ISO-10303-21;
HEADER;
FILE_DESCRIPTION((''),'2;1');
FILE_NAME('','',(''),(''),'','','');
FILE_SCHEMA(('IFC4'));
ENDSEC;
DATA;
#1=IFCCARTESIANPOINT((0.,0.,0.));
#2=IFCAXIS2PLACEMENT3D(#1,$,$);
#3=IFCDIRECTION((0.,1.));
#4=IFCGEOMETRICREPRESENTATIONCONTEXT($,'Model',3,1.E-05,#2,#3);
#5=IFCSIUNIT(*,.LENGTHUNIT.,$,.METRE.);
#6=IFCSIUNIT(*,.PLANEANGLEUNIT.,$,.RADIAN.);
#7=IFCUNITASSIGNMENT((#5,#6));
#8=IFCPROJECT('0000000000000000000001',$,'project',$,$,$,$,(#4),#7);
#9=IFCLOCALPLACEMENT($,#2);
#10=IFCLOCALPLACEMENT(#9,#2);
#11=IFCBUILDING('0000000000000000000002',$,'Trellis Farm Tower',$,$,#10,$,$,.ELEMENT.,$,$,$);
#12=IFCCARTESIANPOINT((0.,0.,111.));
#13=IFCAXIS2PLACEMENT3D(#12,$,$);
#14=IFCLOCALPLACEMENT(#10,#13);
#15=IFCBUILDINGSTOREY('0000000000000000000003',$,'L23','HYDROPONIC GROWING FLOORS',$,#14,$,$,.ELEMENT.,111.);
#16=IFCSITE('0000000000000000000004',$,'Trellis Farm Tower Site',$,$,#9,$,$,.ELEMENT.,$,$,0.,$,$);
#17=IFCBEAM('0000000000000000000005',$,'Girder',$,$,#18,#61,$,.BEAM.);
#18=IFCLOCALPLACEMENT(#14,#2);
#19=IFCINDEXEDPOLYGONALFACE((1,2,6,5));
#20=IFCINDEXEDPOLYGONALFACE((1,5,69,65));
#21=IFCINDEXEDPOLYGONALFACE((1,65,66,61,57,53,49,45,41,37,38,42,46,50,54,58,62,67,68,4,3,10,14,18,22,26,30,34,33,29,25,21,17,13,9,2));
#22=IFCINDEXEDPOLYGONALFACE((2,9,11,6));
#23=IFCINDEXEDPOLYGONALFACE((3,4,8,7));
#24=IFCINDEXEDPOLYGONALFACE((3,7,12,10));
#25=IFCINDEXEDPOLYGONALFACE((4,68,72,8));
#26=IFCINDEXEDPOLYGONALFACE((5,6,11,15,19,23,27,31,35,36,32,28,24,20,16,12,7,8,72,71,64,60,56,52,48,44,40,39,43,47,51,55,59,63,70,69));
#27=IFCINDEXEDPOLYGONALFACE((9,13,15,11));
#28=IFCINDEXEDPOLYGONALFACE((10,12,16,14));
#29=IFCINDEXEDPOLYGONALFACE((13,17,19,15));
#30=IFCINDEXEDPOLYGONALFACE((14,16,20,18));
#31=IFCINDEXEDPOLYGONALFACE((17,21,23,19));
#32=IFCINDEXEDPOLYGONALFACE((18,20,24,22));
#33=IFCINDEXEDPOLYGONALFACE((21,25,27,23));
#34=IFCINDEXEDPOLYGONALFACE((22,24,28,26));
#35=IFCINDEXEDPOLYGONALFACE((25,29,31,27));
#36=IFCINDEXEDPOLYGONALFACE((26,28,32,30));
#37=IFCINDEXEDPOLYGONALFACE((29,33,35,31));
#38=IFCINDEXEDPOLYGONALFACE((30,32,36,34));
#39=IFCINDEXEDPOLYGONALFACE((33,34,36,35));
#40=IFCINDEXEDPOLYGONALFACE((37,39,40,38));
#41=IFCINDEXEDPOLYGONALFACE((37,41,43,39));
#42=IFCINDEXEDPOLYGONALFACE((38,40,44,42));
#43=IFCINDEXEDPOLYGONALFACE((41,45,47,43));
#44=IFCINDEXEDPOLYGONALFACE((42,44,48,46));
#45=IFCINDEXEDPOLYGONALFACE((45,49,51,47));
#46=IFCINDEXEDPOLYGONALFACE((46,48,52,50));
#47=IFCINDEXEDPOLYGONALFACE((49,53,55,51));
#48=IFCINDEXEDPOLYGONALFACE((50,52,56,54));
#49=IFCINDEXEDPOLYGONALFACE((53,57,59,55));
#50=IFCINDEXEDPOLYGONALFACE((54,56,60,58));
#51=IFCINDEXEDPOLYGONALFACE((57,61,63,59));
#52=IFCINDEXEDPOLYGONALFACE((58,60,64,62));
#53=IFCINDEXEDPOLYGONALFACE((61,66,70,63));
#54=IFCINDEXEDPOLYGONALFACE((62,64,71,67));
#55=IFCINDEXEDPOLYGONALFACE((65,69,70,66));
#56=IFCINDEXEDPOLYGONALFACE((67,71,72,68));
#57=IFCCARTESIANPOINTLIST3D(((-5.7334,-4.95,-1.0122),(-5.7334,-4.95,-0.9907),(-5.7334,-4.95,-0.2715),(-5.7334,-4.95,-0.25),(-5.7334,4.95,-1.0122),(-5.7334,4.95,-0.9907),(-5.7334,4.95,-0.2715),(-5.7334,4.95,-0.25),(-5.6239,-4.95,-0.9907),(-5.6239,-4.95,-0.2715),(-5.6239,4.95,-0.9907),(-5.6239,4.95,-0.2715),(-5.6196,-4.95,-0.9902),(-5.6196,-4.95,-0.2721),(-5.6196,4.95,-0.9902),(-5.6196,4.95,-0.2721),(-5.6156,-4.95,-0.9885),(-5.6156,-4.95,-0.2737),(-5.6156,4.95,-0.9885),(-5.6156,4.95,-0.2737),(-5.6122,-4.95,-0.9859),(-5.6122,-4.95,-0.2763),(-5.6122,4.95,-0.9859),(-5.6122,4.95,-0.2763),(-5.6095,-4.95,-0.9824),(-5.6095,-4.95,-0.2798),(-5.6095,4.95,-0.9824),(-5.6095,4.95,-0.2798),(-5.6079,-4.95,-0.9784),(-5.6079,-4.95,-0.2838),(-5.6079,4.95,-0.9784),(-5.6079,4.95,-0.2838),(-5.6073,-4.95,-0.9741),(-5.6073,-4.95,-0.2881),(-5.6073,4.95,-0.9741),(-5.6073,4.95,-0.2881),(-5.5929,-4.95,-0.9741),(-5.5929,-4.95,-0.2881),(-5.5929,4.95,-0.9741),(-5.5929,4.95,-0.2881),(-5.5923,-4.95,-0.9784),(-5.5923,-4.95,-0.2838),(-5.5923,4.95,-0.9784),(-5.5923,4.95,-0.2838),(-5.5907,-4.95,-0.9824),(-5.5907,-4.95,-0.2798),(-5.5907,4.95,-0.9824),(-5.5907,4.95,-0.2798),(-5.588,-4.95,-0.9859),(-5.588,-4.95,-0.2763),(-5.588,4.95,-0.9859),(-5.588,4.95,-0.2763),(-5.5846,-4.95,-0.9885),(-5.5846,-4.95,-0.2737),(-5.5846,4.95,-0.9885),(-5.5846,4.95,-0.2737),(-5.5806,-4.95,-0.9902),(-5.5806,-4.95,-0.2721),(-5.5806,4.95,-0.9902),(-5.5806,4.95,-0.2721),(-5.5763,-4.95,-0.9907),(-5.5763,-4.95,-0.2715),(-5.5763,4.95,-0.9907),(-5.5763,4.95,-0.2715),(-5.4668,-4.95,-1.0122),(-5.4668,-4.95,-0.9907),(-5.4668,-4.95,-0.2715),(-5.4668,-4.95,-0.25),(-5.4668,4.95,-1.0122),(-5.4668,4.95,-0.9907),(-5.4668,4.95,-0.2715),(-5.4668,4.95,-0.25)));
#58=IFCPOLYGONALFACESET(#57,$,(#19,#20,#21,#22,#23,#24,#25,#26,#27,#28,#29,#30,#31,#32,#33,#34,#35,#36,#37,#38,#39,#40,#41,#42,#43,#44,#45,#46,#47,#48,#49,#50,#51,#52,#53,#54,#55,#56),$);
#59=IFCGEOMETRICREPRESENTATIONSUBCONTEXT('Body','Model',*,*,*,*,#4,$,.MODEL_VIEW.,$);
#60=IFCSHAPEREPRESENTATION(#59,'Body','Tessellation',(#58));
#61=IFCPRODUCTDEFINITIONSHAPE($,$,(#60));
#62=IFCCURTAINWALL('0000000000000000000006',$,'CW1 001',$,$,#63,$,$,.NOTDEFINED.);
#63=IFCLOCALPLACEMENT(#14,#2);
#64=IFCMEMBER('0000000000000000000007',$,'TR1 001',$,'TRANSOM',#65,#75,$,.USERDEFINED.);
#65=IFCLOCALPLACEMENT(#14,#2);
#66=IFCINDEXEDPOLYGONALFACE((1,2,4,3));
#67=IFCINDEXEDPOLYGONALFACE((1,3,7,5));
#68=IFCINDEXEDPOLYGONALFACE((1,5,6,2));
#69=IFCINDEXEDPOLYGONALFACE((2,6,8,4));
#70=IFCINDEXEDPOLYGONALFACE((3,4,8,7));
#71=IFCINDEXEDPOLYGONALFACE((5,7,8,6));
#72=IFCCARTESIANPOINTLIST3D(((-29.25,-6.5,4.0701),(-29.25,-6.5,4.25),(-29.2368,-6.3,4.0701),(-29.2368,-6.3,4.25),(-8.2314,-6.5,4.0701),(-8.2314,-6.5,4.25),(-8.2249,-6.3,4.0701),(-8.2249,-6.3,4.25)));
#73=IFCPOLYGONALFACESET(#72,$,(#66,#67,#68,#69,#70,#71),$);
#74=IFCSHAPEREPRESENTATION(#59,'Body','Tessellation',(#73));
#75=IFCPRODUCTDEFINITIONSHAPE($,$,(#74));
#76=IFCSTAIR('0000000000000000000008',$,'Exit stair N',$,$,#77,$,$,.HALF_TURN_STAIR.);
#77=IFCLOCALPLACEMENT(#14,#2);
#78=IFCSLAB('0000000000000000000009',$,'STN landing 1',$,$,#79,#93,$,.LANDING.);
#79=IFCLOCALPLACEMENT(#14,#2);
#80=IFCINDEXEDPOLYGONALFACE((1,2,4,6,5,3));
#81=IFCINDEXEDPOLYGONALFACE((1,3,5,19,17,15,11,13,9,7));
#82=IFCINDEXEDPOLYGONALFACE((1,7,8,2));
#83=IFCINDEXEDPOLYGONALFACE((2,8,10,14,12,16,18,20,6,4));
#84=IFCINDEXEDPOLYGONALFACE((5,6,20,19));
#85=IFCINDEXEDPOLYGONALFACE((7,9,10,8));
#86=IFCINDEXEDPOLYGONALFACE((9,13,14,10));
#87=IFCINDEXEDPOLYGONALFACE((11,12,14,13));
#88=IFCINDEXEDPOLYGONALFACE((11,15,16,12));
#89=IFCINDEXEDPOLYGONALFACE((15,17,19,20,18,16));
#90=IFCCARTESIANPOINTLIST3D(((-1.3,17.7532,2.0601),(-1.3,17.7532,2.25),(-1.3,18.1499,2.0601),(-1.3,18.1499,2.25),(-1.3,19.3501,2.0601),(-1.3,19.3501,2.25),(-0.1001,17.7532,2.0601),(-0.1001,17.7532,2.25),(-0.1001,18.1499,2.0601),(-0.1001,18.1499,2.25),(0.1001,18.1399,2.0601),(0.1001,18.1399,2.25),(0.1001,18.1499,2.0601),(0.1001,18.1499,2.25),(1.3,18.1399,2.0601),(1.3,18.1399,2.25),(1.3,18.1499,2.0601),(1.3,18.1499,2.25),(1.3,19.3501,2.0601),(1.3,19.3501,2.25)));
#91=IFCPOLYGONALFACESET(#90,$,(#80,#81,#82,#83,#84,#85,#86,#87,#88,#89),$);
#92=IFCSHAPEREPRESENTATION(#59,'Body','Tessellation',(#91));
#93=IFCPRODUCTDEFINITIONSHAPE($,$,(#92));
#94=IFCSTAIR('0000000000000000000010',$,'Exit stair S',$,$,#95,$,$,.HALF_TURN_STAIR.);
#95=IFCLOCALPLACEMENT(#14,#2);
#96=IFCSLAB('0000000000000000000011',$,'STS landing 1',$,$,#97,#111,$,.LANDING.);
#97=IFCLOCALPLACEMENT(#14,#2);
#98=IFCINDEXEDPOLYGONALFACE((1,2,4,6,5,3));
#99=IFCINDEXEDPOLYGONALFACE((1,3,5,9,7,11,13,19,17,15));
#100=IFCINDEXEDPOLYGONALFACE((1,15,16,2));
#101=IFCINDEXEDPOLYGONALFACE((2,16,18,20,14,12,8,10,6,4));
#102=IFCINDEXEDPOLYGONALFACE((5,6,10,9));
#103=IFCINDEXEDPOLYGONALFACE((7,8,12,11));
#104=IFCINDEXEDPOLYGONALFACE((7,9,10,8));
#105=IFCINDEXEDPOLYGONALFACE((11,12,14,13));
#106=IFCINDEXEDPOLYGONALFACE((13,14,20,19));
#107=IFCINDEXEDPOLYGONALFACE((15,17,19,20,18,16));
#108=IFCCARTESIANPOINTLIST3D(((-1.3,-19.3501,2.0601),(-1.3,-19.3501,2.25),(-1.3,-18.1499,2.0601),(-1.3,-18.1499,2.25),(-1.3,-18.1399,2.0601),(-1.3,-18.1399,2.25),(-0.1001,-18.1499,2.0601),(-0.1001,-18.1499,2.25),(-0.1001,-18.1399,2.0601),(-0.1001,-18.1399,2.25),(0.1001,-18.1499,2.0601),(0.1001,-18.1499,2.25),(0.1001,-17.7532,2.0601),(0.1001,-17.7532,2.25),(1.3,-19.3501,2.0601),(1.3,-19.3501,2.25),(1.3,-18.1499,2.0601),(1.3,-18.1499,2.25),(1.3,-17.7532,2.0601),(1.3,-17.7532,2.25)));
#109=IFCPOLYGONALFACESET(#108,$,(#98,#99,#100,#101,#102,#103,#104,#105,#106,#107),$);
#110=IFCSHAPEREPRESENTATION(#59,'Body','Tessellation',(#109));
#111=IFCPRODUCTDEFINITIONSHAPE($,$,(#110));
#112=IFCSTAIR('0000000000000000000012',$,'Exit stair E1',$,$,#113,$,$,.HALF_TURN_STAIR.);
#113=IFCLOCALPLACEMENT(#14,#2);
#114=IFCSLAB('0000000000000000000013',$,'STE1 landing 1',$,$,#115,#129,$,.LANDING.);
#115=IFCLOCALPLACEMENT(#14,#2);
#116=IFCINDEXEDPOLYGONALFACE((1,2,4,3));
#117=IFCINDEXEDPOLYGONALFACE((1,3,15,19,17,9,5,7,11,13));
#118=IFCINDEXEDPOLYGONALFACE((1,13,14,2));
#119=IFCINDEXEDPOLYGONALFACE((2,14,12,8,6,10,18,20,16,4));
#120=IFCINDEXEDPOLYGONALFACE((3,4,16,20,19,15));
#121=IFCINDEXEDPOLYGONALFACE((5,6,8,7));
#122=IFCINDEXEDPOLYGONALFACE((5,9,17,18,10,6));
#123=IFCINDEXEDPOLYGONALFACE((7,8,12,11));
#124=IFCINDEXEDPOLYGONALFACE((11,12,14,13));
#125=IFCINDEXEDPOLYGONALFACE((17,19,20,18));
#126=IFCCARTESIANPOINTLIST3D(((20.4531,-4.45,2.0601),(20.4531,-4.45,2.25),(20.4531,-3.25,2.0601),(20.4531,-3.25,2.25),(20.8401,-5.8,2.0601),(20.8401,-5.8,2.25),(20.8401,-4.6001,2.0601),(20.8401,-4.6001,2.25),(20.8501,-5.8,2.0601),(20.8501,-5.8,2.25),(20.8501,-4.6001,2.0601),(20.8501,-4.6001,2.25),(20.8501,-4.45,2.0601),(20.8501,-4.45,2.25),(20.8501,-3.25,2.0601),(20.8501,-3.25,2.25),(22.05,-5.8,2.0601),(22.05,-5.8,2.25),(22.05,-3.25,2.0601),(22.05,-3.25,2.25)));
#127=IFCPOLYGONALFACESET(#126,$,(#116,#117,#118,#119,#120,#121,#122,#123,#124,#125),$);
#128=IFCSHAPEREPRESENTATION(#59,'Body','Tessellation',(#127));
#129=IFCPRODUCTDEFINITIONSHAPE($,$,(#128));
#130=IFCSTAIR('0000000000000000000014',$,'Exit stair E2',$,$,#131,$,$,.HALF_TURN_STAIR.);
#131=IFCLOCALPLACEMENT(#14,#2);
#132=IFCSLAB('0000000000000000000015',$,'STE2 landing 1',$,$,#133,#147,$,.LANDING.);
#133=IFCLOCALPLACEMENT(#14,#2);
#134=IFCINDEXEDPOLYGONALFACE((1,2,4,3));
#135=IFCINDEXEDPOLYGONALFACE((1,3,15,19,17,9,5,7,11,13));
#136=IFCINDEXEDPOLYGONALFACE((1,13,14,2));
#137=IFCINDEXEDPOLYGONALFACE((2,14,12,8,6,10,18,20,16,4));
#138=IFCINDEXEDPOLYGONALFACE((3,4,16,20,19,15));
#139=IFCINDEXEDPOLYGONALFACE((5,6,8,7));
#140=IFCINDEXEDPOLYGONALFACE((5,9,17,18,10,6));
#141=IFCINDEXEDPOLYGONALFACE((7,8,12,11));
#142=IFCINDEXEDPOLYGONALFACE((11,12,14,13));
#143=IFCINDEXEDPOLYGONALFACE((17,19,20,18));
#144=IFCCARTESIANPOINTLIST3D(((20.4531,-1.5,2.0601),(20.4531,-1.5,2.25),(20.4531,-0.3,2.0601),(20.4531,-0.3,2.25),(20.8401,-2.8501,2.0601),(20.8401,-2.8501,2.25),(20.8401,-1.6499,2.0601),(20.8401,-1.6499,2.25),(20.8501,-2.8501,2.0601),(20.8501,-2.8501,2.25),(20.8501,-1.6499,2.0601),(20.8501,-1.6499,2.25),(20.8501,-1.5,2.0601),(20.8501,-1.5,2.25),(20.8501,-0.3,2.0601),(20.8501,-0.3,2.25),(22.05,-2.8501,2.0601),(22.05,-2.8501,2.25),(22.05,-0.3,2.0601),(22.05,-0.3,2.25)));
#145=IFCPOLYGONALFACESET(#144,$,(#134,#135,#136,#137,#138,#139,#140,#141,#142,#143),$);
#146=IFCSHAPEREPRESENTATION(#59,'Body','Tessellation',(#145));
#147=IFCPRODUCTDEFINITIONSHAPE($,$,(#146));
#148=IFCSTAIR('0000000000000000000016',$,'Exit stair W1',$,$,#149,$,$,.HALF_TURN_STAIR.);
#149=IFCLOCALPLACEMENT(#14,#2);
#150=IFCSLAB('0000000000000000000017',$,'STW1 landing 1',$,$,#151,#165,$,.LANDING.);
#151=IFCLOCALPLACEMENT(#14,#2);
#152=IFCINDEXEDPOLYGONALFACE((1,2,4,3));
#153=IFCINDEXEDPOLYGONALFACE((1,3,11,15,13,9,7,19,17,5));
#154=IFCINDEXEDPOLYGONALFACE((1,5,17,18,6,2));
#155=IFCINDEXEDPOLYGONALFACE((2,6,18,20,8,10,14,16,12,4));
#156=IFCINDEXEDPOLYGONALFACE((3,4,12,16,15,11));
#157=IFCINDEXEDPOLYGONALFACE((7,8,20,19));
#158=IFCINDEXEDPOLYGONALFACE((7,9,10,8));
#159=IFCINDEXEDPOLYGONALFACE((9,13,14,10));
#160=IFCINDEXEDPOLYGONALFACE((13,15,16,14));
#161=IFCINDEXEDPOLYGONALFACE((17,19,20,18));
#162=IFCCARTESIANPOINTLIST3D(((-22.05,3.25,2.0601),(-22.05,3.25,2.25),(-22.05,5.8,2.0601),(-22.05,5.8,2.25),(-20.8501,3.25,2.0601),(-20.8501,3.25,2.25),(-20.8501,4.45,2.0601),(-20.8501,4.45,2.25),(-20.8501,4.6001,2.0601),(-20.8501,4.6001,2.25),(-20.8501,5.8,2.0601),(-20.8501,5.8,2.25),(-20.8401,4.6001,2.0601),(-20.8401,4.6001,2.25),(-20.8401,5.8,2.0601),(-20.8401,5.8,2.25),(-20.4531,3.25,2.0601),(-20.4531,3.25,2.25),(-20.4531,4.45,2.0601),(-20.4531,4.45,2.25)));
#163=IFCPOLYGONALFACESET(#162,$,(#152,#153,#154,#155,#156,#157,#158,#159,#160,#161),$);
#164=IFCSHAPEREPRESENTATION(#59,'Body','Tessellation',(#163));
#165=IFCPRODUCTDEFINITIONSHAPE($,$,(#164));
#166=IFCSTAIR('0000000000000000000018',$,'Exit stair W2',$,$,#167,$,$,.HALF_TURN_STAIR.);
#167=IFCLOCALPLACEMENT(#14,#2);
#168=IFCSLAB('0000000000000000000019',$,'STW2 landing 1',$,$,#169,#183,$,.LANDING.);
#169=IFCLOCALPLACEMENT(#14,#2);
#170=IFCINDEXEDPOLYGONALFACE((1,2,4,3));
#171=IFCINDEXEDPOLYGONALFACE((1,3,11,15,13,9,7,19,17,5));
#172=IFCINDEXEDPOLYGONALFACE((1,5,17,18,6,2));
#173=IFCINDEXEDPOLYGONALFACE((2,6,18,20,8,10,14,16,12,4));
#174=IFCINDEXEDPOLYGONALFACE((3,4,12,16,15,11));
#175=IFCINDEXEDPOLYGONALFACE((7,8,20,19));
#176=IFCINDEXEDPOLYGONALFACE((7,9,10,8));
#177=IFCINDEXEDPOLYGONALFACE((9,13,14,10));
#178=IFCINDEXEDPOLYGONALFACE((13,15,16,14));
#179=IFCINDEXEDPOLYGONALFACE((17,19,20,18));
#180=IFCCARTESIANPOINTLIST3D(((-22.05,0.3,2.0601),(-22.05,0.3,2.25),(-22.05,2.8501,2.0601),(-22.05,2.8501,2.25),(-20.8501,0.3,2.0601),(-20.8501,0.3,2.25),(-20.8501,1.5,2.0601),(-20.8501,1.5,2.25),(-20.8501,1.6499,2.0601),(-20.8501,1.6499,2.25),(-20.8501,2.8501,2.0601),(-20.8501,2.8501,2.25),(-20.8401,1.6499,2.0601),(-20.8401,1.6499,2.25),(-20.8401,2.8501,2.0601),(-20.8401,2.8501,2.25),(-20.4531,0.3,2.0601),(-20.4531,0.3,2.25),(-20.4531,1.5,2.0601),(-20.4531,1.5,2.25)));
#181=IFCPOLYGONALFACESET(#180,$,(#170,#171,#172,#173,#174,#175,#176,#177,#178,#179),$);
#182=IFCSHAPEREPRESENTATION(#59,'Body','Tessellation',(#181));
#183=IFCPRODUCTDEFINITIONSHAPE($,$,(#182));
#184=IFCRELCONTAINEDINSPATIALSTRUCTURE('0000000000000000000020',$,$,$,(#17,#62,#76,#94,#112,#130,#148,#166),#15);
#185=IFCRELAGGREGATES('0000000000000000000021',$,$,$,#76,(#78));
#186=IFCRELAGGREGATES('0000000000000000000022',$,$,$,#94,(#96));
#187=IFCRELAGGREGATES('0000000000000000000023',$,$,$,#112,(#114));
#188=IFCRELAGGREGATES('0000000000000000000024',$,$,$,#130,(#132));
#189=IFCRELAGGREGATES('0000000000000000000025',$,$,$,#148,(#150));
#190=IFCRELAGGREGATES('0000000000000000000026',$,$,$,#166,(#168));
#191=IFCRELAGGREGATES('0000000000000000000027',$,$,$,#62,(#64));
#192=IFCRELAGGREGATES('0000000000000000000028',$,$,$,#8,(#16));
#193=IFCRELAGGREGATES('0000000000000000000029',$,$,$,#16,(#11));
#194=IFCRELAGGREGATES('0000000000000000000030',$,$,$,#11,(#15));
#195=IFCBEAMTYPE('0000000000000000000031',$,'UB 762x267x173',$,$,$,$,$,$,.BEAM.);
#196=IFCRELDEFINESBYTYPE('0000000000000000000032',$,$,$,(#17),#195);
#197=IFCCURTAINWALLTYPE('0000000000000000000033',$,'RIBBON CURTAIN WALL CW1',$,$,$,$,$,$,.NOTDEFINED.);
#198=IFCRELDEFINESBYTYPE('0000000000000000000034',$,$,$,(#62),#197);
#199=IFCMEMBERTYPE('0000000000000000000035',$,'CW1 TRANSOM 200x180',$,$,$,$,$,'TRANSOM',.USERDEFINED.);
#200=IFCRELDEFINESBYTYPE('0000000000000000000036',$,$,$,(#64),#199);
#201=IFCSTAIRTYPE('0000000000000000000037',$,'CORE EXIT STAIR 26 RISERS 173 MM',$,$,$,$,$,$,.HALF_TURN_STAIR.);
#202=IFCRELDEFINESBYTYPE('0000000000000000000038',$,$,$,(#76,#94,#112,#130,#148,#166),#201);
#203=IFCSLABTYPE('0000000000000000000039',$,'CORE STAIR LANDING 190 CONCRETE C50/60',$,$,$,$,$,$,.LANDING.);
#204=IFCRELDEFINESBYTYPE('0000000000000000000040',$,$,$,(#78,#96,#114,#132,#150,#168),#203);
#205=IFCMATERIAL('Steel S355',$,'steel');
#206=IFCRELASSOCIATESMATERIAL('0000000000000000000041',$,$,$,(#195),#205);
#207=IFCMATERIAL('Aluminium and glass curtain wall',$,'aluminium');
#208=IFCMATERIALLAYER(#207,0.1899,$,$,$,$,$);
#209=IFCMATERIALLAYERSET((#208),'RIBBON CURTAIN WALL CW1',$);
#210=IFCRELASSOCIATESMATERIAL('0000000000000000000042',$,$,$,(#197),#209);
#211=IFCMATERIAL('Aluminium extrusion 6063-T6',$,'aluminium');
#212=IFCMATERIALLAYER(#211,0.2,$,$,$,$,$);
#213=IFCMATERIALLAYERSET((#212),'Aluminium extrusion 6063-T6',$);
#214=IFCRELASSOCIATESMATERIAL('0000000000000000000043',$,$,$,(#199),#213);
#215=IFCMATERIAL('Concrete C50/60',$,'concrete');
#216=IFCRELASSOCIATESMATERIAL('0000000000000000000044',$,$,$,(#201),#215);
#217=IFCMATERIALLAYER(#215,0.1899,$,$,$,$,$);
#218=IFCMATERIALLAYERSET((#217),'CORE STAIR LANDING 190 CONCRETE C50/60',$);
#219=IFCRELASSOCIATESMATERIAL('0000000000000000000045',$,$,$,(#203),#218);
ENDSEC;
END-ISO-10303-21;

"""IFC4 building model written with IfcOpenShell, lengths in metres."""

from ifc_helpers import new_model, si_unit, direction, frame, origin, origin_2d, place, context, subcontext, project, spatial, polyline, i_section, outline, extrude, source, transform, mapped, material, layer, layer_set, material_profile, profile_set, type_object, element, aggregate, save


model = new_model("IFC4")

# Units and contexts
model_context = context("Model", 3, precision=1e-05, world=origin(), true_north=direction((0.0, 1.0)))
body_context = subcontext(model_context, "Body", "Model", "MODEL_VIEW")
ifc_project = project(units=[si_unit("LENGTHUNIT", "METRE"), si_unit("PLANEANGLEUNIT", "RADIAN")], contexts=[model_context])

# Site, building, storey
site_placement = place(None, origin())
site = spatial("IfcSite", under=ifc_project, at=site_placement, Name="Trellis Farm Tower Site", CompositionType="ELEMENT", RefElevation=0.0)
building_placement = place(site_placement, origin())
building = spatial("IfcBuilding", under=site, at=building_placement, Name="Trellis Farm Tower", CompositionType="ELEMENT")
storey_placement = place(building_placement, frame((0.0, 0.0, 111.0)))
storey = spatial("IfcBuildingStorey", under=building, at=storey_placement, Name="L23", Description="HYDROPONIC GROWING FLOORS", CompositionType="ELEMENT", Elevation=111.0)

# Beam
ifc_material_1 = material(Name="Steel S355", Category="steel")
ifc_material_profile_1 = material_profile(ifc_material_1, i_section(OverallWidth=0.2666, OverallDepth=0.7622, WebThickness=0.0144, FlangeThickness=0.0215, FilletRadius=0.0166, at=origin_2d()), Name="UB 762x267x173")
ifc_profile_set_1 = profile_set([ifc_material_profile_1], Name="Steel S355")
beam_type_1 = type_object("IfcBeamType", Name="UB 762x267x173", PredefinedType="BEAM", material=ifc_profile_set_1)
shared_shape_1 = source(origin(), body_context, "Body", "SweptSolid", [
    extrude(i_section(OverallWidth=0.2666, OverallDepth=0.7622, WebThickness=0.0144, FlangeThickness=0.0215, FilletRadius=0.0166, at=origin_2d()), origin(), (0.0, 0.0, 1.0), 9.8999),
])
for number, where, z_axis, x_axis, name in (
    (1, (-5.6001, -4.95, -0.6311), (0.0, 1.0, 0.0), (-1.0, 0.0, 0.0), "Girder"),
):
    element("IfcBeam", number, at=place(storey_placement, frame(where, z_axis=z_axis, x_axis=x_axis)), inside=storey, type_object=beam_type_1, Name=name, PredefinedType="BEAM", context=body_context, shape_type="MappedRepresentation", body=[
        mapped(shared_shape_1, transform((0.0, 0.0, 0.0))),
    ])

# Curtain wall, member
ifc_material_2 = material(Name="Aluminium and glass curtain wall", Category="aluminium")
ifc_layer_1 = layer(ifc_material_2, 0.1899)
ifc_layer_set_1 = layer_set([ifc_layer_1], Name="RIBBON CURTAIN WALL CW1")
curtain_wall_type = type_object("IfcCurtainWallType", Name="RIBBON CURTAIN WALL CW1", PredefinedType="NOTDEFINED", material=ifc_layer_set_1)
placement_1 = place(storey_placement, origin())
curtain_wall = element("IfcCurtainWall", 2, at=placement_1, inside=storey, type_object=curtain_wall_type, Name="CW1 001", PredefinedType="NOTDEFINED")
ifc_material_3 = material(Name="Aluminium extrusion 6063-T6", Category="aluminium")
ifc_layer_2 = layer(ifc_material_3, 0.2)
ifc_layer_set_2 = layer_set([ifc_layer_2], Name="Aluminium extrusion 6063-T6")
member_type = type_object("IfcMemberType", Name="CW1 TRANSOM 200x180", ElementType="TRANSOM", PredefinedType="USERDEFINED", material=ifc_layer_set_2)
shared_shape_2 = source(origin(), body_context, "Body", "SweptSolid", [
    extrude(outline(polyline([(-29.25, -6.5), (-8.2314, -6.5), (-8.2249, -6.3), (-29.2368, -6.3), (-29.25, -6.5)])), origin(), (0.0, 0.0, 1.0), 0.1799),
])
member_placement = place(storey_placement, frame((0.0, 0.0, 4.0701)))
member = element("IfcMember", 3, at=member_placement, type_object=member_type, Name="TR1 001", ObjectType="TRANSOM", PredefinedType="USERDEFINED", context=body_context, shape_type="MappedRepresentation", body=[
    mapped(shared_shape_2, transform((0.0, 0.0, 0.0))),
])

# Stairs, slabs
ifc_material_4 = material(Name="Concrete C50/60", Category="concrete")
stair_type = type_object("IfcStairType", Name="CORE EXIT STAIR 26 RISERS 173 MM", PredefinedType="HALF_TURN_STAIR", material=ifc_material_4)
stair_1 = element("IfcStair", 4, at=placement_1, inside=storey, type_object=stair_type, Name="Exit stair N", PredefinedType="HALF_TURN_STAIR")
ifc_layer_3 = layer(ifc_material_4, 0.1899)
ifc_layer_set_3 = layer_set([ifc_layer_3], Name="CORE STAIR LANDING 190 CONCRETE C50/60")
slab_type_1 = type_object("IfcSlabType", Name="CORE STAIR LANDING 190 CONCRETE C50/60", PredefinedType="LANDING", material=ifc_layer_set_3)
shared_shape_3 = source(origin(), body_context, "Body", "SweptSolid", [
    extrude(outline(polyline([(-0.1001, 17.7532), (-1.3, 17.7532), (-1.3, 18.1499), (-1.3, 19.3501), (1.3, 19.3501), (1.3, 18.1499), (1.3, 18.1399), (0.1001, 18.1399), (0.1001, 18.1499), (-0.1001, 18.1499), (-0.1001, 17.7532)])), origin(), (0.0, 0.0, 1.0), 0.1899),
])
placement_2 = place(storey_placement, frame((0.0, 0.0, 2.0601)))
slab_1 = element("IfcSlab", 5, at=placement_2, type_object=slab_type_1, Name="STN landing 1", PredefinedType="LANDING", context=body_context, shape_type="MappedRepresentation", body=[
    mapped(shared_shape_3, transform((0.0, 0.0, 0.0))),
])
aggregate(stair_1, [slab_1])
stair_2 = element("IfcStair", 6, at=placement_1, inside=storey, type_object=stair_type, Name="Exit stair S", PredefinedType="HALF_TURN_STAIR")
shared_shape_4 = source(origin(), body_context, "Body", "SweptSolid", [
    extrude(outline(polyline([(1.3, -19.3501), (-1.3, -19.3501), (-1.3, -18.1499), (-1.3, -18.1399), (-0.1001, -18.1399), (-0.1001, -18.1499), (0.1001, -18.1499), (0.1001, -17.7532), (1.3, -17.7532), (1.3, -18.1499), (1.3, -19.3501)])), origin(), (0.0, 0.0, 1.0), 0.1899),
])
slab_2 = element("IfcSlab", 7, at=placement_2, type_object=slab_type_1, Name="STS landing 1", PredefinedType="LANDING", context=body_context, shape_type="MappedRepresentation", body=[
    mapped(shared_shape_4, transform((0.0, 0.0, 0.0))),
])
aggregate(stair_2, [slab_2])
stair_3 = element("IfcStair", 8, at=placement_1, inside=storey, type_object=stair_type, Name="Exit stair E1", PredefinedType="HALF_TURN_STAIR")
shared_shape_5 = source(origin(), body_context, "Body", "SweptSolid", [
    extrude(outline(polyline([(20.8401, -5.8), (20.8401, -4.6001), (20.8501, -4.6001), (20.8501, -4.45), (20.4531, -4.45), (20.4531, -3.25), (20.8501, -3.25), (22.05, -3.25), (22.05, -5.8), (20.8501, -5.8), (20.8401, -5.8)])), origin(), (0.0, 0.0, 1.0), 0.1899),
])
slab_3 = element("IfcSlab", 9, at=placement_2, type_object=slab_type_1, Name="STE1 landing 1", PredefinedType="LANDING", context=body_context, shape_type="MappedRepresentation", body=[
    mapped(shared_shape_5, transform((0.0, 0.0, 0.0))),
])
aggregate(stair_3, [slab_3])
stair_4 = element("IfcStair", 10, at=placement_1, inside=storey, type_object=stair_type, Name="Exit stair E2", PredefinedType="HALF_TURN_STAIR")
shared_shape_6 = source(origin(), body_context, "Body", "SweptSolid", [
    extrude(outline(polyline([(20.8401, -2.8501), (20.8401, -1.6499), (20.8501, -1.6499), (20.8501, -1.5), (20.4531, -1.5), (20.4531, -0.3), (20.8501, -0.3), (22.05, -0.3), (22.05, -2.8501), (20.8501, -2.8501), (20.8401, -2.8501)])), origin(), (0.0, 0.0, 1.0), 0.1899),
])
slab_4 = element("IfcSlab", 11, at=placement_2, type_object=slab_type_1, Name="STE2 landing 1", PredefinedType="LANDING", context=body_context, shape_type="MappedRepresentation", body=[
    mapped(shared_shape_6, transform((0.0, 0.0, 0.0))),
])
aggregate(stair_4, [slab_4])
stair_5 = element("IfcStair", 12, at=placement_1, inside=storey, type_object=stair_type, Name="Exit stair W1", PredefinedType="HALF_TURN_STAIR")
shared_shape_7 = source(origin(), body_context, "Body", "SweptSolid", [
    extrude(outline(polyline([(-20.4531, 4.45), (-20.4531, 3.25), (-20.8501, 3.25), (-22.05, 3.25), (-22.05, 5.8), (-20.8501, 5.8), (-20.8401, 5.8), (-20.8401, 4.6001), (-20.8501, 4.6001), (-20.8501, 4.45), (-20.4531, 4.45)])), origin(), (0.0, 0.0, 1.0), 0.1899),
])
slab_5 = element("IfcSlab", 13, at=placement_2, type_object=slab_type_1, Name="STW1 landing 1", PredefinedType="LANDING", context=body_context, shape_type="MappedRepresentation", body=[
    mapped(shared_shape_7, transform((0.0, 0.0, 0.0))),
])
aggregate(stair_5, [slab_5])
stair_6 = element("IfcStair", 14, at=placement_1, inside=storey, type_object=stair_type, Name="Exit stair W2", PredefinedType="HALF_TURN_STAIR")
shared_shape_8 = source(origin(), body_context, "Body", "SweptSolid", [
    extrude(outline(polyline([(-20.4531, 1.5), (-20.4531, 0.3), (-20.8501, 0.3), (-22.05, 0.3), (-22.05, 2.8501), (-20.8501, 2.8501), (-20.8401, 2.8501), (-20.8401, 1.6499), (-20.8501, 1.6499), (-20.8501, 1.5), (-20.4531, 1.5)])), origin(), (0.0, 0.0, 1.0), 0.1899),
])
slab_6 = element("IfcSlab", 15, at=placement_2, type_object=slab_type_1, Name="STW2 landing 1", PredefinedType="LANDING", context=body_context, shape_type="MappedRepresentation", body=[
    mapped(shared_shape_8, transform((0.0, 0.0, 0.0))),
])
aggregate(stair_6, [slab_6])

aggregate(curtain_wall, [member])

save(model, "model.ifc")
